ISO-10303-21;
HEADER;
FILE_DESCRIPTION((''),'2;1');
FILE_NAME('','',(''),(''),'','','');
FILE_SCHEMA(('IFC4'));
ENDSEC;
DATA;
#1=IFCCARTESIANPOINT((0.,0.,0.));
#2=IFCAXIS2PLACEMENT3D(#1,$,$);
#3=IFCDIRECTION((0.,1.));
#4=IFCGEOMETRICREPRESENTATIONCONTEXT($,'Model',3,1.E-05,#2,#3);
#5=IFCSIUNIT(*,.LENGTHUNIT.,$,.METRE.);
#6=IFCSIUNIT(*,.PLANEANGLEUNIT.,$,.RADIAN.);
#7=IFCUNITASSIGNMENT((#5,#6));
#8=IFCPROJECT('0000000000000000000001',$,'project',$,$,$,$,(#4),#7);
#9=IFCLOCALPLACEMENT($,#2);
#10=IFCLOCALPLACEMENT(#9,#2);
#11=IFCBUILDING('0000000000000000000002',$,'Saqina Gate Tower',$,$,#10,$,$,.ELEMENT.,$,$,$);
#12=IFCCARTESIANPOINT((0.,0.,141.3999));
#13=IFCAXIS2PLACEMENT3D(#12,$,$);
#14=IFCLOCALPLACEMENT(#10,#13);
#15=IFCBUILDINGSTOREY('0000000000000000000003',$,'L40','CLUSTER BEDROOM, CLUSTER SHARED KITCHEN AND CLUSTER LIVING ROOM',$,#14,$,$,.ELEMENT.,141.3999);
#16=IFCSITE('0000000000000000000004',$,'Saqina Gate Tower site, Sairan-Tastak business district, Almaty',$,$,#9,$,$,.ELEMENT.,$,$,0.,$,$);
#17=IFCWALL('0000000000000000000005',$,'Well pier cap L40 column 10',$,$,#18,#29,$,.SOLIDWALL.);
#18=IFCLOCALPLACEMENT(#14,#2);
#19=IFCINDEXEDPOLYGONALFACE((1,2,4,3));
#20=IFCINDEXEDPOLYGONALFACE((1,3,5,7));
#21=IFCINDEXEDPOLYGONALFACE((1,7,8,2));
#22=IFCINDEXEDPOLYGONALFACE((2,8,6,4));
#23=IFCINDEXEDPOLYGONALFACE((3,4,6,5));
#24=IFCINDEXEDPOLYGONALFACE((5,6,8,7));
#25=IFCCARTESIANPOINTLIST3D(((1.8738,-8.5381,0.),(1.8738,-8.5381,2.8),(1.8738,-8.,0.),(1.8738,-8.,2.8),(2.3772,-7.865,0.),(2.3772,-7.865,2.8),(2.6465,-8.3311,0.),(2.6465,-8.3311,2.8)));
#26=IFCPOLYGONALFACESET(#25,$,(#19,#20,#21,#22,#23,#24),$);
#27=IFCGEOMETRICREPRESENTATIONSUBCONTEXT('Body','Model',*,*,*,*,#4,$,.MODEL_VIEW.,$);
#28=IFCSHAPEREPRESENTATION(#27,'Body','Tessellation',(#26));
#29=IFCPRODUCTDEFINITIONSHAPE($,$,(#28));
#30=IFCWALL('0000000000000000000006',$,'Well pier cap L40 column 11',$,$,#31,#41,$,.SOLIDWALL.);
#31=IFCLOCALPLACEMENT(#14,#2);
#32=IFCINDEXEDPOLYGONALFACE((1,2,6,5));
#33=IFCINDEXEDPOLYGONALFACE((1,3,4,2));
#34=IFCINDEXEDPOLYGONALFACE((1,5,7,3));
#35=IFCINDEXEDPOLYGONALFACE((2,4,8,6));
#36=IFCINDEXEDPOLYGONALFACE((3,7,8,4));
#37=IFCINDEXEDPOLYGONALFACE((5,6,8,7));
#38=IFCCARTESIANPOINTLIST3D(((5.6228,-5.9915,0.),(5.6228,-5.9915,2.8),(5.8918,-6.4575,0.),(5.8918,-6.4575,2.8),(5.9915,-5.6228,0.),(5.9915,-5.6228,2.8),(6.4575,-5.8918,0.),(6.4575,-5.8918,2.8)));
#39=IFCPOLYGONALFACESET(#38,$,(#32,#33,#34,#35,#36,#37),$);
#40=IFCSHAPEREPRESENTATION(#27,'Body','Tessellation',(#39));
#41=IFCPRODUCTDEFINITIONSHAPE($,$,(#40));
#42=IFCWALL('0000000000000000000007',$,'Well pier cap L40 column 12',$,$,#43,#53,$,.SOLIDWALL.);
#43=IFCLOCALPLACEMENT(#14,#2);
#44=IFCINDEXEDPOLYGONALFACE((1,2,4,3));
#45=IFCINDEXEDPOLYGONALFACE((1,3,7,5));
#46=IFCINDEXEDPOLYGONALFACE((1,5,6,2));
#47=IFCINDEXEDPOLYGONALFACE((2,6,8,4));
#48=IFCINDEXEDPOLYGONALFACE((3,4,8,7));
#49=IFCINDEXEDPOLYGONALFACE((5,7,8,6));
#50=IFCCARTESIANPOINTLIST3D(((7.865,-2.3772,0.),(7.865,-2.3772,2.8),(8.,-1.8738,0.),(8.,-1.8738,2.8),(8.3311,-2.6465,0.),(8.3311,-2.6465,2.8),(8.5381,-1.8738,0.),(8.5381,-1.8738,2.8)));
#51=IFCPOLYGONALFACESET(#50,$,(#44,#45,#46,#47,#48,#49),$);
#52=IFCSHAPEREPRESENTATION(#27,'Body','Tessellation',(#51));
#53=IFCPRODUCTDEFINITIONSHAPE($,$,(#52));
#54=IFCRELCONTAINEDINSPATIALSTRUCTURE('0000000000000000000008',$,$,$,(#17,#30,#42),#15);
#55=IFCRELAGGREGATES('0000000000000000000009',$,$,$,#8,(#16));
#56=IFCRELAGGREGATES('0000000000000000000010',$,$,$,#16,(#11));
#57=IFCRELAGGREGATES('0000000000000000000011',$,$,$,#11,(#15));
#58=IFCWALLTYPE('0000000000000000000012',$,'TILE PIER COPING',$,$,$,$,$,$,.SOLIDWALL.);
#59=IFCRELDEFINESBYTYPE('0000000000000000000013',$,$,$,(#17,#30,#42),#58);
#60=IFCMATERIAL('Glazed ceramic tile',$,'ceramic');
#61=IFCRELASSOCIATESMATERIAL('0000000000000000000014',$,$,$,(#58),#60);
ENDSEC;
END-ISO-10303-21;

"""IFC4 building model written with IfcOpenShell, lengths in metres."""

from ifc_helpers import new_model, si_unit, direction, frame, origin, place, context, subcontext, project, spatial, polyline, outline, extrude, material, type_object, element, save


model = new_model("IFC4")

# Units and contexts
model_context = context("Model", 3, precision=1e-05, world=origin(), true_north=direction((0.0, 1.0)))
body_context = subcontext(model_context, "Body", "Model", "MODEL_VIEW")
ifc_project = project(units=[si_unit("LENGTHUNIT", "METRE"), si_unit("PLANEANGLEUNIT", "RADIAN")], contexts=[model_context])

# Site, building, storey
site_placement = place(None, origin())
site = spatial("IfcSite", under=ifc_project, at=site_placement, Name="Saqina Gate Tower site, Sairan-Tastak business district, Almaty", CompositionType="ELEMENT", RefElevation=0.0)
building_placement = place(site_placement, origin())
building = spatial("IfcBuilding", under=site, at=building_placement, Name="Saqina Gate Tower", CompositionType="ELEMENT")
storey_placement = place(building_placement, frame((0.0, 0.0, 141.3999)))
storey = spatial("IfcBuildingStorey", under=building, at=storey_placement, Name="L40", Description="CLUSTER BEDROOM, CLUSTER SHARED KITCHEN AND CLUSTER LIVING ROOM", CompositionType="ELEMENT", Elevation=141.3999)

# Walls
ifc_material_1 = material(Name="Glazed ceramic tile", Category="ceramic")
wall_type_1 = type_object("IfcWallType", Name="TILE PIER COPING", PredefinedType="SOLIDWALL", material=ifc_material_1)
wall_1_placement = place(storey_placement, origin())
element("IfcWall", 1, at=wall_1_placement, inside=storey, type_object=wall_type_1, Name="Well pier cap L40 column 10", PredefinedType="SOLIDWALL", context=body_context, shape_type="SweptSolid", body=[
    extrude(outline(polyline([(2.6465, -8.3311), (2.3772, -7.865), (1.8738, -8.0), (1.8738, -8.5381), (2.6465, -8.3311)])), origin(), (0.0, 0.0, 1.0), 2.8),
])
wall_2_placement = place(storey_placement, origin())
element("IfcWall", 2, at=wall_2_placement, inside=storey, type_object=wall_type_1, Name="Well pier cap L40 column 11", PredefinedType="SOLIDWALL", context=body_context, shape_type="SweptSolid", body=[
    extrude(outline(polyline([(5.8918, -6.4575), (6.4575, -5.8918), (5.9915, -5.6228), (5.6228, -5.9915), (5.8918, -6.4575)])), origin(), (0.0, 0.0, 1.0), 2.8),
])
wall_3_placement = place(storey_placement, origin())
element("IfcWall", 3, at=wall_3_placement, inside=storey, type_object=wall_type_1, Name="Well pier cap L40 column 12", PredefinedType="SOLIDWALL", context=body_context, shape_type="SweptSolid", body=[
    extrude(outline(polyline([(8.5381, -1.8738), (8.0, -1.8738), (7.865, -2.3772), (8.3311, -2.6465), (8.5381, -1.8738)])), origin(), (0.0, 0.0, 1.0), 2.8),
])

save(model, "model.ifc")
